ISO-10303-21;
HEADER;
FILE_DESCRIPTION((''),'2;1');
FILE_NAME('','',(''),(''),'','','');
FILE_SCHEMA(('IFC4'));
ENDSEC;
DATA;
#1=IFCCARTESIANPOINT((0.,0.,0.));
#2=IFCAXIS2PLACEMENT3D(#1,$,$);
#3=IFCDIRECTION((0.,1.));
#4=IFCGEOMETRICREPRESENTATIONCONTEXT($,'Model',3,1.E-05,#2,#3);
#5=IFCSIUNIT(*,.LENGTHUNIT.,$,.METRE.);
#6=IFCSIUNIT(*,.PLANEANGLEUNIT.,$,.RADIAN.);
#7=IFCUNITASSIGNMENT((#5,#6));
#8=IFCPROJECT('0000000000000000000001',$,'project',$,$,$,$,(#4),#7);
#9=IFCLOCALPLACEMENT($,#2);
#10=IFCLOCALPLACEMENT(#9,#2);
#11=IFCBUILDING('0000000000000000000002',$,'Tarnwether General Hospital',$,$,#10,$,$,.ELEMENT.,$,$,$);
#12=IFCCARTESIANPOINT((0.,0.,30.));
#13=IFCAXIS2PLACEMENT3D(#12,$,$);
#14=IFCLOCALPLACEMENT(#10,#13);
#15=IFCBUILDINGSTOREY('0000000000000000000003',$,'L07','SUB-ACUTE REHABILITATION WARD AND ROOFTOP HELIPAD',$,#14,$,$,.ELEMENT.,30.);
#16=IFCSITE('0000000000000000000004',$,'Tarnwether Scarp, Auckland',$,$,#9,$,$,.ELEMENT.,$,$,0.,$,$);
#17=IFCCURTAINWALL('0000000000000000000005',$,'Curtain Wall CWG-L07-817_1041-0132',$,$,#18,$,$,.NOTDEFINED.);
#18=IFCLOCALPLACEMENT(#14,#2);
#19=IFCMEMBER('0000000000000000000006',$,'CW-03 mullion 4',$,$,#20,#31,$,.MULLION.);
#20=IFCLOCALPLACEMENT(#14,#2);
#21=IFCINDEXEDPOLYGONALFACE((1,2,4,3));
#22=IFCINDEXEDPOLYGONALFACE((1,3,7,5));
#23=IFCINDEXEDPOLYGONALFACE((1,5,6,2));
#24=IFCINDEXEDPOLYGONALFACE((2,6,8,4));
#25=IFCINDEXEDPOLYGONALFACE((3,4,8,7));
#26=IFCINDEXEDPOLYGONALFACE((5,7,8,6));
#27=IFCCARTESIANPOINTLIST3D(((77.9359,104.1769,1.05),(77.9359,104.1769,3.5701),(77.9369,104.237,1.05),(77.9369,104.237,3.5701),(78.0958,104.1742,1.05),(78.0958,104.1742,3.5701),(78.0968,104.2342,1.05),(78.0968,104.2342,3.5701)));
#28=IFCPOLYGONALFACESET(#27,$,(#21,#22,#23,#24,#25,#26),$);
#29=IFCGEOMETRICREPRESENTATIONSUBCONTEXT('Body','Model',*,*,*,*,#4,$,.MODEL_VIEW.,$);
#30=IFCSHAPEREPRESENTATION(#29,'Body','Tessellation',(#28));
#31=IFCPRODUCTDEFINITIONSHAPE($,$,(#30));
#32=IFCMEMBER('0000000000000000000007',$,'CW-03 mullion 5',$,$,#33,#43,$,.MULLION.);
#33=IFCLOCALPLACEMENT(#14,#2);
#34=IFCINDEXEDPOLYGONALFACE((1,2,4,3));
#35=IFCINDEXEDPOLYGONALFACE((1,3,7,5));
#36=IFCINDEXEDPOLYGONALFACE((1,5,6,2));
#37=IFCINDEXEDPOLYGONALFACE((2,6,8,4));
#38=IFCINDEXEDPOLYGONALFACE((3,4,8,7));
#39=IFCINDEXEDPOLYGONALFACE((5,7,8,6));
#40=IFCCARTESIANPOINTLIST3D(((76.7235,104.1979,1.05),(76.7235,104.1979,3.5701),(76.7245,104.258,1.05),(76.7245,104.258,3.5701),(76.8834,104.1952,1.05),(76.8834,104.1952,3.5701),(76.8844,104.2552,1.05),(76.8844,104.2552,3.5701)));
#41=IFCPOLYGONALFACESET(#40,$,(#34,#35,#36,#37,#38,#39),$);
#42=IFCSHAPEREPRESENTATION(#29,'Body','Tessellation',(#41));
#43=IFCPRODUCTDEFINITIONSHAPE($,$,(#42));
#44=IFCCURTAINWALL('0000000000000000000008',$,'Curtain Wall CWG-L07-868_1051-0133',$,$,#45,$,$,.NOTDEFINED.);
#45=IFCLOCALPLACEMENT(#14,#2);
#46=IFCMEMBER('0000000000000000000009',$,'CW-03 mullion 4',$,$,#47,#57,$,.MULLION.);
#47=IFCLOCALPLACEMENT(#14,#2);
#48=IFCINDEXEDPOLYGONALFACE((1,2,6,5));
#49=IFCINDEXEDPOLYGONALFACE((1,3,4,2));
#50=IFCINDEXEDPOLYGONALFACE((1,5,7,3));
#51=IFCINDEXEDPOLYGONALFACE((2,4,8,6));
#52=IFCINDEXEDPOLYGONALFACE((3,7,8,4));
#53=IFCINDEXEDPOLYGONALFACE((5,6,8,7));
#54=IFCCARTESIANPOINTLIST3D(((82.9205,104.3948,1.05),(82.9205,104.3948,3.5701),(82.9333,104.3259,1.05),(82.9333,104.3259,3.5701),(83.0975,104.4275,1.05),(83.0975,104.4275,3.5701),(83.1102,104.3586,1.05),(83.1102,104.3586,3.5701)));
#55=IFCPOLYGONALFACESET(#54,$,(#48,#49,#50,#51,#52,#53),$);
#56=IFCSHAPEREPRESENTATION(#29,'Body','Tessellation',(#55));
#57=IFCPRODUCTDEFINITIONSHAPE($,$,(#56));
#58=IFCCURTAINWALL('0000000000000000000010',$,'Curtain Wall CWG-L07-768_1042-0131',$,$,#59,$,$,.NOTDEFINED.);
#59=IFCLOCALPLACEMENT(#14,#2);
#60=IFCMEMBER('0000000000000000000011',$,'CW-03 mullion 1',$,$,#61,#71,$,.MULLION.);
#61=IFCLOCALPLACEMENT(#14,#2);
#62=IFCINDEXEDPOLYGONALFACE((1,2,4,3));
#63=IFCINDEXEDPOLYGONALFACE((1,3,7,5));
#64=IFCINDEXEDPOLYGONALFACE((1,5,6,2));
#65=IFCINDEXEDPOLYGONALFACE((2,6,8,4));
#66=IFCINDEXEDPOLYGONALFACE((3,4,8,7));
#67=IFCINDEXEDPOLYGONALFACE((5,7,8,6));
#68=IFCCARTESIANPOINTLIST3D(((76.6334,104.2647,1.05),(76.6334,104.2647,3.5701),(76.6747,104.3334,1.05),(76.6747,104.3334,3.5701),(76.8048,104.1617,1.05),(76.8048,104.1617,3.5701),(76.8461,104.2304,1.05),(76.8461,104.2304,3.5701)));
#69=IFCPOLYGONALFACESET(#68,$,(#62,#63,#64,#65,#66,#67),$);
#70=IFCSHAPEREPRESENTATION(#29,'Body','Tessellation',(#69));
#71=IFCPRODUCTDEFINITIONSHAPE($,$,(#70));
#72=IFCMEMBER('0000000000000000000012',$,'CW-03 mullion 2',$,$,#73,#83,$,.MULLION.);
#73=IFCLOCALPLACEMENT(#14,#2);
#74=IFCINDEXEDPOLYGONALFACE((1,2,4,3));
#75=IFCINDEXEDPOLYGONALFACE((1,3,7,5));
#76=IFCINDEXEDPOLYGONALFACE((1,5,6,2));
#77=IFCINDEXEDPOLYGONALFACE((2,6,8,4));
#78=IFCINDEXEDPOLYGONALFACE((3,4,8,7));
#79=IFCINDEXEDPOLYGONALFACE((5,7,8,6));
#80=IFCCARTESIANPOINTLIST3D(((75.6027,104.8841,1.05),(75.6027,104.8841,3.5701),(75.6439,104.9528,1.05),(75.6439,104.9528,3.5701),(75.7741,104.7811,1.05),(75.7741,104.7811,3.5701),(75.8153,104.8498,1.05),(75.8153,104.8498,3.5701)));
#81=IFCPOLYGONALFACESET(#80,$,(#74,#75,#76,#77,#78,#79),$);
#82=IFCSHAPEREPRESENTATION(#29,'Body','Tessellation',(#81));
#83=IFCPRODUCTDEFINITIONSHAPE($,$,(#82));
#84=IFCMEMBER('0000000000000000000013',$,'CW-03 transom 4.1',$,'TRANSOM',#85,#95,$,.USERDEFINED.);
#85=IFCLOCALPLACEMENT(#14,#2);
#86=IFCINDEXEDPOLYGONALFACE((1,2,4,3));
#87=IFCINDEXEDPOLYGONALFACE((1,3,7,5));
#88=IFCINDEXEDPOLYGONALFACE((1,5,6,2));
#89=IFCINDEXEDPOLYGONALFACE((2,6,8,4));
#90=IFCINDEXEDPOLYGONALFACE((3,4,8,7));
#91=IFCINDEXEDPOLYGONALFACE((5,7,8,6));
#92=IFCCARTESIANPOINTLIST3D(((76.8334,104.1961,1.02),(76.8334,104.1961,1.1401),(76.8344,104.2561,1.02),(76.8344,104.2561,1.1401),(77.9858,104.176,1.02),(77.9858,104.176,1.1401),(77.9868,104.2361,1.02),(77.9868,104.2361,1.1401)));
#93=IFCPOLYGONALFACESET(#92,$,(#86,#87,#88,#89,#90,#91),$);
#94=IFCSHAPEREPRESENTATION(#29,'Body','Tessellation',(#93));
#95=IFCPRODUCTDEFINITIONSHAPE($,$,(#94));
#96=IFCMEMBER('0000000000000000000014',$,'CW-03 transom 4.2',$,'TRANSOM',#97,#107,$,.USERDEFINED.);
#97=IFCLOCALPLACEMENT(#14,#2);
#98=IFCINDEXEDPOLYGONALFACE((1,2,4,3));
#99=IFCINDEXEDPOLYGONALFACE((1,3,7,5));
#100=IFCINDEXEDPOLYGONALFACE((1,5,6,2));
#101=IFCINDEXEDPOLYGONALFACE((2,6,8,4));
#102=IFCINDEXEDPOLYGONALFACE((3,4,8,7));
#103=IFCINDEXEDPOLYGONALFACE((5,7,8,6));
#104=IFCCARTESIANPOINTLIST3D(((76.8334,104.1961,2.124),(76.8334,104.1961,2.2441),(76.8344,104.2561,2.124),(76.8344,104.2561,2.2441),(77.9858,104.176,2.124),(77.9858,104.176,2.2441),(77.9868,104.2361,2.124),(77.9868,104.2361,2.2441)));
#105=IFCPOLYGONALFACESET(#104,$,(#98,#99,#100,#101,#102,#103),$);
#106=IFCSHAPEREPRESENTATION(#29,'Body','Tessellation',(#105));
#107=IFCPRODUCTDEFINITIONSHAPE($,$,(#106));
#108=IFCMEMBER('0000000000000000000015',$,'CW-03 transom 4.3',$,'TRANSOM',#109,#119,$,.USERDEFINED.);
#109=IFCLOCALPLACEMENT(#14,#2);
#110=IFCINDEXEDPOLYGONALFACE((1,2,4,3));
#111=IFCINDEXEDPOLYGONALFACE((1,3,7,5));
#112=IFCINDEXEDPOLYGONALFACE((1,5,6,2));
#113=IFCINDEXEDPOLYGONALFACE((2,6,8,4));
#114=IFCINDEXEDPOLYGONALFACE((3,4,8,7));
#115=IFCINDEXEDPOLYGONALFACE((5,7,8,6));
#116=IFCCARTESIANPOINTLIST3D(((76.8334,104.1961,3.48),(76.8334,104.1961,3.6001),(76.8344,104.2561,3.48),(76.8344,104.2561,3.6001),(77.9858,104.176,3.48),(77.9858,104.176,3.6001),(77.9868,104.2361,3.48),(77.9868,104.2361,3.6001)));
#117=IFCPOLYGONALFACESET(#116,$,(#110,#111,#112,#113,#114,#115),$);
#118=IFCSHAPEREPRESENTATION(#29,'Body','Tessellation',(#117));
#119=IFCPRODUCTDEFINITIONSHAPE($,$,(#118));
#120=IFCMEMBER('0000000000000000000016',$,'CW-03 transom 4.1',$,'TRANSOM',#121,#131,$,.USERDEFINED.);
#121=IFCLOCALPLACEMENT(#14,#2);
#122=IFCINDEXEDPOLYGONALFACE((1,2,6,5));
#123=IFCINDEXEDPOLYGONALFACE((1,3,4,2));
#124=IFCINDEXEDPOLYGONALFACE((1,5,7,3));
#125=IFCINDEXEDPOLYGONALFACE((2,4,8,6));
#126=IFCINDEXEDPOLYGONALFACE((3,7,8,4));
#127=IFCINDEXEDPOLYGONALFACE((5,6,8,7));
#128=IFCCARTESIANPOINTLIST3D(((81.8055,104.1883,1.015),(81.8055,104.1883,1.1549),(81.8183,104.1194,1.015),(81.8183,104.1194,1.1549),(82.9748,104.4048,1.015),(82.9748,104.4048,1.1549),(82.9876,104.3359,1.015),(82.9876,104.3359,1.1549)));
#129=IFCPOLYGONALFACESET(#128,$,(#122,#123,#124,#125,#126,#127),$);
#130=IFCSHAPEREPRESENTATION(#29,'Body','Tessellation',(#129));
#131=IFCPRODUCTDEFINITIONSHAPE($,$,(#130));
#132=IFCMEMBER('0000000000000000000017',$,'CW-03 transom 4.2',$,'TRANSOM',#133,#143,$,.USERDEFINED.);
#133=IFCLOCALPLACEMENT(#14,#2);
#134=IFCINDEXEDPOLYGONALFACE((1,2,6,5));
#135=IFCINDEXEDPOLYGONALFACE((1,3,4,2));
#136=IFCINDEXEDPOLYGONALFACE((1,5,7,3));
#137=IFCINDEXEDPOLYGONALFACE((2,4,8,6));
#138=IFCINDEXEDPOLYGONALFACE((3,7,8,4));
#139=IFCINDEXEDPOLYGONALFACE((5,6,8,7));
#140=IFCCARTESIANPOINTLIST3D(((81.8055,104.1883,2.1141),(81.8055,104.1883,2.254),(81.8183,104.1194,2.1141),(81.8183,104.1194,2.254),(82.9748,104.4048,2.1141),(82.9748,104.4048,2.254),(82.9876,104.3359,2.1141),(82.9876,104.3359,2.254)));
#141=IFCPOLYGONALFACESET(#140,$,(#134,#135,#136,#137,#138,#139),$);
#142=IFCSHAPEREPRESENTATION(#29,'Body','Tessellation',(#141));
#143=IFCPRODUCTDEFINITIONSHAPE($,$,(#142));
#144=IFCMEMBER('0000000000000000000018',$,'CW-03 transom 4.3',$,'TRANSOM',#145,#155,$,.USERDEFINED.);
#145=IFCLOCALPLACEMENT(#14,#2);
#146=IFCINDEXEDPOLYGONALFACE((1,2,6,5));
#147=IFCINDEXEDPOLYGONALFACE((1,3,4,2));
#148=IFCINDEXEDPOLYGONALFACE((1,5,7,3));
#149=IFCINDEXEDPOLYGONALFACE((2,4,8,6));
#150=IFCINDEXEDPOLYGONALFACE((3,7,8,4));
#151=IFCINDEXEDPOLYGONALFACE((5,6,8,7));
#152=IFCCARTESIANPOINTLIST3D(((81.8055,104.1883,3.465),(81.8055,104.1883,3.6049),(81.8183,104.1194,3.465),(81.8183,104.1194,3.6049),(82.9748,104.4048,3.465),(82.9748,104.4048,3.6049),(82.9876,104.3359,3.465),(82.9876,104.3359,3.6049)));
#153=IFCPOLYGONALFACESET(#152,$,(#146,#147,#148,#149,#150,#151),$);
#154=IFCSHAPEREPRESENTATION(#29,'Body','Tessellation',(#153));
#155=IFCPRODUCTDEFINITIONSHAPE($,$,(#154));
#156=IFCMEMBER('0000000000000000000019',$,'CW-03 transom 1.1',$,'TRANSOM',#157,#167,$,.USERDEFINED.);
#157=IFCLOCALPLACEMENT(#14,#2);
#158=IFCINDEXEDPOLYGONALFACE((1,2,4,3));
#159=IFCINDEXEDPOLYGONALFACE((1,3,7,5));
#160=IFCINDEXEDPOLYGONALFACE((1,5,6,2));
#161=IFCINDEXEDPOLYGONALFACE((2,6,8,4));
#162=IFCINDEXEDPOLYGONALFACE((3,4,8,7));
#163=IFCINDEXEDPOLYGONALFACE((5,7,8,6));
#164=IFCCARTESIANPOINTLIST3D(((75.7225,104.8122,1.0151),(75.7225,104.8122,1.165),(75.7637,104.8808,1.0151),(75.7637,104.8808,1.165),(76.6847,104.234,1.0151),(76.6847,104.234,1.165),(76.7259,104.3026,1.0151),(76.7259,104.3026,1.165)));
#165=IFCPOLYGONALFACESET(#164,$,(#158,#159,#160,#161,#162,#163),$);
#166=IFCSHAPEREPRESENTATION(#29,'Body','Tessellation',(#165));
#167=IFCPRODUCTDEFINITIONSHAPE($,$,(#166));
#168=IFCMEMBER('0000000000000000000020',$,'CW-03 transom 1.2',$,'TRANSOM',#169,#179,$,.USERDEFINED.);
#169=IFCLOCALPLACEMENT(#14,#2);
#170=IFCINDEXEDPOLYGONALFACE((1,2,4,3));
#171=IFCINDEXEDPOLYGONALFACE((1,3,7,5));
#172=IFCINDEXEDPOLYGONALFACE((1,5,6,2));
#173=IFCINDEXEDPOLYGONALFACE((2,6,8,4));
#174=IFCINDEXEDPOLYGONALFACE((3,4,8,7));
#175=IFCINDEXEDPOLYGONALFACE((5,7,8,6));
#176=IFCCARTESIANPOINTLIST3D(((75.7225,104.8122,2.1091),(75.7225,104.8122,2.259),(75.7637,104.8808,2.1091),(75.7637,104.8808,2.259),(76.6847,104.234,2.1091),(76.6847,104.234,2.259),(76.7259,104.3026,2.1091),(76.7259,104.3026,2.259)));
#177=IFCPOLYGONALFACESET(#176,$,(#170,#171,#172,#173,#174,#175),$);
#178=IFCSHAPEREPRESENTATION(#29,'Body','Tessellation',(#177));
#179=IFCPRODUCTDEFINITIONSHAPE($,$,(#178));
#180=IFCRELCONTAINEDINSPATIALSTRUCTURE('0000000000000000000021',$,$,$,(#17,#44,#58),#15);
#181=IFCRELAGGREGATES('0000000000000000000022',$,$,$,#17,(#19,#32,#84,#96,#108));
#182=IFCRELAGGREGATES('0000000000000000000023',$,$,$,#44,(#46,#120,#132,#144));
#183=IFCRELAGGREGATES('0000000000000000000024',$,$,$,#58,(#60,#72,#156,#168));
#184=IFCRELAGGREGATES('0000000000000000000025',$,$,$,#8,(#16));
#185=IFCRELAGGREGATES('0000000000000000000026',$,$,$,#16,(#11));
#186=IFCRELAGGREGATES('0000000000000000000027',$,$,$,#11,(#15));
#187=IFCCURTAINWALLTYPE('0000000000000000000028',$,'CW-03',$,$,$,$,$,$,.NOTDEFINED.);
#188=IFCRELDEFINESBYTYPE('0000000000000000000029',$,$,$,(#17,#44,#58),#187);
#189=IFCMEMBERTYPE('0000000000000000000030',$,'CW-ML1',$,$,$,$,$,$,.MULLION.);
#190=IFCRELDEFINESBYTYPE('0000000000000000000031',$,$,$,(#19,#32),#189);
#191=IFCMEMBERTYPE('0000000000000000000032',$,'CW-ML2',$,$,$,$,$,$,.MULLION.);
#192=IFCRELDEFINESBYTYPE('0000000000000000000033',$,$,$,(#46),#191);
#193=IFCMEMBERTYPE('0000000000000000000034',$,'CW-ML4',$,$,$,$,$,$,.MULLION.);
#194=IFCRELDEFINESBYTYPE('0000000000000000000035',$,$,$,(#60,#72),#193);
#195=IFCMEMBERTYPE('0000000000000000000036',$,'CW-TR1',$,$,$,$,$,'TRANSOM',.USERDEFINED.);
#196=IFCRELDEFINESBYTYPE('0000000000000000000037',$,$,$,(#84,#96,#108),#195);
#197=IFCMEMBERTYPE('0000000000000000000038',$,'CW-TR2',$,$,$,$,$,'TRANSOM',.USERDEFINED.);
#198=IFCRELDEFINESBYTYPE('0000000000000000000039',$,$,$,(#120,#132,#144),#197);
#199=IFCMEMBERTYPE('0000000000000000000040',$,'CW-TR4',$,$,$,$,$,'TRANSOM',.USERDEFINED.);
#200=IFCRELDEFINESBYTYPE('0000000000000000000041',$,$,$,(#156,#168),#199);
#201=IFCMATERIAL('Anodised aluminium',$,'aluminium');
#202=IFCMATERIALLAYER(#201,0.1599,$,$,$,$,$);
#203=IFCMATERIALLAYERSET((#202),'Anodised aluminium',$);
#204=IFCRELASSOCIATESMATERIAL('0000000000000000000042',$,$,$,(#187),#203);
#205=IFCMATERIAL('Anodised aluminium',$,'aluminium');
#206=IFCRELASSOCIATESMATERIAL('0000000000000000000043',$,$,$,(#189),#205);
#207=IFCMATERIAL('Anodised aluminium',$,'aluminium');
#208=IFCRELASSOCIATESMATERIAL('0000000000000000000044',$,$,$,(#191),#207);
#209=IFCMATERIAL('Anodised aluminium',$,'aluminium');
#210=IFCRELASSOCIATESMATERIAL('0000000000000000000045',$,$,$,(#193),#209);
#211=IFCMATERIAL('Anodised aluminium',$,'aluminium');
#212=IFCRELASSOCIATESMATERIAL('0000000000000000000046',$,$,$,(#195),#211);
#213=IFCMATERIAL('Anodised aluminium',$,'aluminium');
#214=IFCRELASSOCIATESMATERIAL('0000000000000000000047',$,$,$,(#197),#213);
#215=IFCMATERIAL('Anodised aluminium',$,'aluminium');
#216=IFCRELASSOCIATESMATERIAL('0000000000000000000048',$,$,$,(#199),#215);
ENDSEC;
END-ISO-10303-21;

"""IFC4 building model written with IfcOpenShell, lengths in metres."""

from ifc_helpers import new_model, si_unit, direction, frame, origin, origin_2d, place, context, subcontext, project, spatial, rectangle, extrude, material, layer, layer_set, material_profile, profile_set, type_object, element, aggregate, save


model = new_model("IFC4")

# Units and contexts
model_context = context("Model", 3, precision=1e-05, world=origin(), true_north=direction((0.0, 1.0)))
body_context = subcontext(model_context, "Body", "Model", "MODEL_VIEW")
ifc_project = project(units=[si_unit("LENGTHUNIT", "METRE"), si_unit("PLANEANGLEUNIT", "RADIAN")], contexts=[model_context])

# Site, building, storey
site_placement = place(None, origin())
site = spatial("IfcSite", under=ifc_project, at=site_placement, Name="Tarnwether Scarp, Auckland", CompositionType="ELEMENT", RefElevation=0.0)
building_placement = place(site_placement, origin())
building = spatial("IfcBuilding", under=site, at=building_placement, Name="Tarnwether General Hospital", CompositionType="ELEMENT")
storey_placement = place(building_placement, frame((0.0, 0.0, 30.0)))
storey = spatial("IfcBuildingStorey", under=building, at=storey_placement, Name="L07", Description="SUB-ACUTE REHABILITATION WARD AND ROOFTOP HELIPAD", CompositionType="ELEMENT", Elevation=30.0)

# Curtain wall, members
ifc_material_1 = material(Name="Anodised aluminium", Category="aluminium")
ifc_layer_1 = layer(ifc_material_1, 0.1599)
ifc_layer_set_1 = layer_set([ifc_layer_1], Name="Anodised aluminium")
curtain_wall_type = type_object("IfcCurtainWallType", Name="CW-03", PredefinedType="NOTDEFINED", material=ifc_layer_set_1)
curtain_wall_1_placement = place(storey_placement, origin())
curtain_wall_1 = element("IfcCurtainWall", 1, at=curtain_wall_1_placement, inside=storey, type_object=curtain_wall_type, Name="Curtain Wall CWG-L07-817_1041-0132", PredefinedType="NOTDEFINED")
ifc_material_2 = material(Name="Anodised aluminium", Category="aluminium")
ifc_material_profile_1 = material_profile(ifc_material_2, rectangle(XDim=0.0601, YDim=0.1599, at=origin_2d()), Name="ALU-MUL-60x160")
ifc_profile_set_1 = profile_set([ifc_material_profile_1], Name="Anodised aluminium")
member_type_1 = type_object("IfcMemberType", Name="CW-ML1", PredefinedType="MULLION", material=ifc_profile_set_1)
member_1_placement = place(storey_placement, frame((78.0164, 104.2056, 1.05), z_axis=(0.0, 0.0, 1.0), x_axis=(-0.017305, -0.99985, 0.0)))
member_1 = element("IfcMember", 2, at=member_1_placement, type_object=member_type_1, Name="CW-03 mullion 4", PredefinedType="MULLION", context=body_context, shape_type="SweptSolid", body=[
    extrude(rectangle(XDim=0.0601, YDim=0.1599, at=origin_2d()), origin(), (0.0, 0.0, 1.0), 2.52),
])
member_2_placement = place(storey_placement, frame((76.804, 104.2266, 1.05), z_axis=(0.0, 0.0, 1.0), x_axis=(-0.017305, -0.99985, 0.0)))
member_2 = element("IfcMember", 3, at=member_2_placement, type_object=member_type_1, Name="CW-03 mullion 5", PredefinedType="MULLION", context=body_context, shape_type="SweptSolid", body=[
    extrude(rectangle(XDim=0.0601, YDim=0.1599, at=origin_2d()), origin(), (0.0, 0.0, 1.0), 2.52),
])

# Curtain wall, member
curtain_wall_2_placement = place(storey_placement, origin())
curtain_wall_2 = element("IfcCurtainWall", 4, at=curtain_wall_2_placement, inside=storey, type_object=curtain_wall_type, Name="Curtain Wall CWG-L07-868_1051-0133", PredefinedType="NOTDEFINED")
ifc_material_3 = material(Name="Anodised aluminium", Category="aluminium")
ifc_material_profile_2 = material_profile(ifc_material_3, rectangle(XDim=0.0701, YDim=0.1799, at=origin_2d()), Name="ALU-MUL-70x180")
ifc_profile_set_2 = profile_set([ifc_material_profile_2], Name="Anodised aluminium")
member_type_2 = type_object("IfcMemberType", Name="CW-ML2", PredefinedType="MULLION", material=ifc_profile_set_2)
member_3_placement = place(storey_placement, frame((83.0154, 104.3767, 1.05), z_axis=(0.0, 0.0, 1.0), x_axis=(0.182165, -0.983268, 0.0)))
member_3 = element("IfcMember", 5, at=member_3_placement, type_object=member_type_2, Name="CW-03 mullion 4", PredefinedType="MULLION", context=body_context, shape_type="SweptSolid", body=[
    extrude(rectangle(XDim=0.0701, YDim=0.1799, at=origin_2d()), origin(), (0.0, 0.0, 1.0), 2.52),
])

# Curtain wall, members
curtain_wall_3_placement = place(storey_placement, origin())
curtain_wall_3 = element("IfcCurtainWall", 6, at=curtain_wall_3_placement, inside=storey, type_object=curtain_wall_type, Name="Curtain Wall CWG-L07-768_1042-0131", PredefinedType="NOTDEFINED")
ifc_material_4 = material(Name="Anodised aluminium", Category="aluminium")
ifc_material_profile_3 = material_profile(ifc_material_4, rectangle(XDim=0.0801, YDim=0.2, at=origin_2d()), Name="ALU-MUL-80x200")
ifc_profile_set_3 = profile_set([ifc_material_profile_3], Name="Anodised aluminium")
member_type_3 = type_object("IfcMemberType", Name="CW-ML4", PredefinedType="MULLION", material=ifc_profile_set_3)
member_4_placement = place(storey_placement, frame((76.7397, 104.2476, 1.05), z_axis=(0.0, 0.0, 1.0), x_axis=(-0.515087, -0.857138, 0.0)))
member_4 = element("IfcMember", 7, at=member_4_placement, type_object=member_type_3, Name="CW-03 mullion 1", PredefinedType="MULLION", context=body_context, shape_type="SweptSolid", body=[
    extrude(rectangle(XDim=0.0801, YDim=0.2, at=origin_2d()), origin(), (0.0, 0.0, 1.0), 2.52),
])
member_5_placement = place(storey_placement, frame((75.709, 104.8669, 1.05), z_axis=(0.0, 0.0, 1.0), x_axis=(-0.515087, -0.857138, 0.0)))
member_5 = element("IfcMember", 8, at=member_5_placement, type_object=member_type_3, Name="CW-03 mullion 2", PredefinedType="MULLION", context=body_context, shape_type="SweptSolid", body=[
    extrude(rectangle(XDim=0.0801, YDim=0.2, at=origin_2d()), origin(), (0.0, 0.0, 1.0), 2.52),
])

# Members
ifc_material_5 = material(Name="Anodised aluminium", Category="aluminium")
ifc_material_profile_4 = material_profile(ifc_material_5, rectangle(XDim=0.0601, YDim=0.1201, at=origin_2d()), Name="ALU-TRN-60x120")
ifc_profile_set_4 = profile_set([ifc_material_profile_4], Name="Anodised aluminium")
member_type_4 = type_object("IfcMemberType", Name="CW-TR1", ElementType="TRANSOM", PredefinedType="USERDEFINED", material=ifc_profile_set_4)
member_6_placement = place(storey_placement, frame((77.9863, 104.2061, 1.0801), z_axis=(-0.999849, 0.01737, 0.0), x_axis=(-0.01737, -0.999849, 0.0)))
member_6 = element("IfcMember", 9, at=member_6_placement, type_object=member_type_4, Name="CW-03 transom 4.1", ObjectType="TRANSOM", PredefinedType="USERDEFINED", context=body_context, shape_type="SweptSolid", body=[
    extrude(rectangle(XDim=0.0601, YDim=0.1201, at=origin_2d()), origin(), (0.0, 0.0, 1.0), 1.1526),
])
member_7_placement = place(storey_placement, frame((77.9863, 104.2061, 2.1841), z_axis=(-0.999849, 0.01737, 0.0), x_axis=(-0.01737, -0.999849, 0.0)))
member_7 = element("IfcMember", 10, at=member_7_placement, type_object=member_type_4, Name="CW-03 transom 4.2", ObjectType="TRANSOM", PredefinedType="USERDEFINED", context=body_context, shape_type="SweptSolid", body=[
    extrude(rectangle(XDim=0.0601, YDim=0.1201, at=origin_2d()), origin(), (0.0, 0.0, 1.0), 1.1526),
])
member_8_placement = place(storey_placement, frame((77.9863, 104.2061, 3.54), z_axis=(-0.999849, 0.01737, 0.0), x_axis=(-0.01737, -0.999849, 0.0)))
member_8 = element("IfcMember", 11, at=member_8_placement, type_object=member_type_4, Name="CW-03 transom 4.3", ObjectType="TRANSOM", PredefinedType="USERDEFINED", context=body_context, shape_type="SweptSolid", body=[
    extrude(rectangle(XDim=0.0601, YDim=0.1201, at=origin_2d()), origin(), (0.0, 0.0, 1.0), 1.1526),
])
ifc_material_6 = material(Name="Anodised aluminium", Category="aluminium")
ifc_material_profile_5 = material_profile(ifc_material_6, rectangle(XDim=0.0701, YDim=0.1399, at=origin_2d()), Name="ALU-TRN-70x140")
ifc_profile_set_5 = profile_set([ifc_material_profile_5], Name="Anodised aluminium")
member_type_5 = type_object("IfcMemberType", Name="CW-TR2", ElementType="TRANSOM", PredefinedType="USERDEFINED", material=ifc_profile_set_5)
member_9_placement = place(storey_placement, frame((82.9812, 104.3704, 1.085), z_axis=(-0.983283, -0.182082, 0.0), x_axis=(0.182082, -0.983283, 0.0)))
member_9 = element("IfcMember", 12, at=member_9_placement, type_object=member_type_5, Name="CW-03 transom 4.1", ObjectType="TRANSOM", PredefinedType="USERDEFINED", context=body_context, shape_type="SweptSolid", body=[
    extrude(rectangle(XDim=0.0701, YDim=0.1399, at=origin_2d()), origin(), (0.0, 0.0, 1.0), 1.1892),
])
member_10_placement = place(storey_placement, frame((82.9812, 104.3704, 2.1841), z_axis=(-0.983283, -0.182082, 0.0), x_axis=(0.182082, -0.983283, 0.0)))
member_10 = element("IfcMember", 13, at=member_10_placement, type_object=member_type_5, Name="CW-03 transom 4.2", ObjectType="TRANSOM", PredefinedType="USERDEFINED", context=body_context, shape_type="SweptSolid", body=[
    extrude(rectangle(XDim=0.0701, YDim=0.1399, at=origin_2d()), origin(), (0.0, 0.0, 1.0), 1.1892),
])
member_11_placement = place(storey_placement, frame((82.9812, 104.3704, 3.5349), z_axis=(-0.983283, -0.182082, 0.0), x_axis=(0.182082, -0.983283, 0.0)))
member_11 = element("IfcMember", 14, at=member_11_placement, type_object=member_type_5, Name="CW-03 transom 4.3", ObjectType="TRANSOM", PredefinedType="USERDEFINED", context=body_context, shape_type="SweptSolid", body=[
    extrude(rectangle(XDim=0.0701, YDim=0.1399, at=origin_2d()), origin(), (0.0, 0.0, 1.0), 1.1892),
])
ifc_material_7 = material(Name="Anodised aluminium", Category="aluminium")
ifc_material_profile_6 = material_profile(ifc_material_7, rectangle(XDim=0.0801, YDim=0.1499, at=origin_2d()), Name="ALU-TRN-80x150")
ifc_profile_set_6 = profile_set([ifc_material_profile_6], Name="Anodised aluminium")
member_type_6 = type_object("IfcMemberType", Name="CW-TR4", ElementType="TRANSOM", PredefinedType="USERDEFINED", material=ifc_profile_set_6)
member_12_placement = place(storey_placement, frame((76.7053, 104.2683, 1.0901), z_axis=(-0.857167, 0.515039, 0.0), x_axis=(-0.515039, -0.857167, 0.0)))
member_12 = element("IfcMember", 15, at=member_12_placement, type_object=member_type_6, Name="CW-03 transom 1.1", ObjectType="TRANSOM", PredefinedType="USERDEFINED", context=body_context, shape_type="SweptSolid", body=[
    extrude(rectangle(XDim=0.0801, YDim=0.1499, at=origin_2d()), origin(), (0.0, 0.0, 1.0), 1.1226),
])
member_13_placement = place(storey_placement, frame((76.7053, 104.2683, 2.1841), z_axis=(-0.857167, 0.515039, 0.0), x_axis=(-0.515039, -0.857167, 0.0)))
member_13 = element("IfcMember", 16, at=member_13_placement, type_object=member_type_6, Name="CW-03 transom 1.2", ObjectType="TRANSOM", PredefinedType="USERDEFINED", context=body_context, shape_type="SweptSolid", body=[
    extrude(rectangle(XDim=0.0801, YDim=0.1499, at=origin_2d()), origin(), (0.0, 0.0, 1.0), 1.1226),
])

aggregate(curtain_wall_1, [member_1, member_2, member_6, member_7, member_8])
aggregate(curtain_wall_2, [member_3, member_9, member_10, member_11])
aggregate(curtain_wall_3, [member_4, member_5, member_12, member_13])

save(model, "model.ifc")
